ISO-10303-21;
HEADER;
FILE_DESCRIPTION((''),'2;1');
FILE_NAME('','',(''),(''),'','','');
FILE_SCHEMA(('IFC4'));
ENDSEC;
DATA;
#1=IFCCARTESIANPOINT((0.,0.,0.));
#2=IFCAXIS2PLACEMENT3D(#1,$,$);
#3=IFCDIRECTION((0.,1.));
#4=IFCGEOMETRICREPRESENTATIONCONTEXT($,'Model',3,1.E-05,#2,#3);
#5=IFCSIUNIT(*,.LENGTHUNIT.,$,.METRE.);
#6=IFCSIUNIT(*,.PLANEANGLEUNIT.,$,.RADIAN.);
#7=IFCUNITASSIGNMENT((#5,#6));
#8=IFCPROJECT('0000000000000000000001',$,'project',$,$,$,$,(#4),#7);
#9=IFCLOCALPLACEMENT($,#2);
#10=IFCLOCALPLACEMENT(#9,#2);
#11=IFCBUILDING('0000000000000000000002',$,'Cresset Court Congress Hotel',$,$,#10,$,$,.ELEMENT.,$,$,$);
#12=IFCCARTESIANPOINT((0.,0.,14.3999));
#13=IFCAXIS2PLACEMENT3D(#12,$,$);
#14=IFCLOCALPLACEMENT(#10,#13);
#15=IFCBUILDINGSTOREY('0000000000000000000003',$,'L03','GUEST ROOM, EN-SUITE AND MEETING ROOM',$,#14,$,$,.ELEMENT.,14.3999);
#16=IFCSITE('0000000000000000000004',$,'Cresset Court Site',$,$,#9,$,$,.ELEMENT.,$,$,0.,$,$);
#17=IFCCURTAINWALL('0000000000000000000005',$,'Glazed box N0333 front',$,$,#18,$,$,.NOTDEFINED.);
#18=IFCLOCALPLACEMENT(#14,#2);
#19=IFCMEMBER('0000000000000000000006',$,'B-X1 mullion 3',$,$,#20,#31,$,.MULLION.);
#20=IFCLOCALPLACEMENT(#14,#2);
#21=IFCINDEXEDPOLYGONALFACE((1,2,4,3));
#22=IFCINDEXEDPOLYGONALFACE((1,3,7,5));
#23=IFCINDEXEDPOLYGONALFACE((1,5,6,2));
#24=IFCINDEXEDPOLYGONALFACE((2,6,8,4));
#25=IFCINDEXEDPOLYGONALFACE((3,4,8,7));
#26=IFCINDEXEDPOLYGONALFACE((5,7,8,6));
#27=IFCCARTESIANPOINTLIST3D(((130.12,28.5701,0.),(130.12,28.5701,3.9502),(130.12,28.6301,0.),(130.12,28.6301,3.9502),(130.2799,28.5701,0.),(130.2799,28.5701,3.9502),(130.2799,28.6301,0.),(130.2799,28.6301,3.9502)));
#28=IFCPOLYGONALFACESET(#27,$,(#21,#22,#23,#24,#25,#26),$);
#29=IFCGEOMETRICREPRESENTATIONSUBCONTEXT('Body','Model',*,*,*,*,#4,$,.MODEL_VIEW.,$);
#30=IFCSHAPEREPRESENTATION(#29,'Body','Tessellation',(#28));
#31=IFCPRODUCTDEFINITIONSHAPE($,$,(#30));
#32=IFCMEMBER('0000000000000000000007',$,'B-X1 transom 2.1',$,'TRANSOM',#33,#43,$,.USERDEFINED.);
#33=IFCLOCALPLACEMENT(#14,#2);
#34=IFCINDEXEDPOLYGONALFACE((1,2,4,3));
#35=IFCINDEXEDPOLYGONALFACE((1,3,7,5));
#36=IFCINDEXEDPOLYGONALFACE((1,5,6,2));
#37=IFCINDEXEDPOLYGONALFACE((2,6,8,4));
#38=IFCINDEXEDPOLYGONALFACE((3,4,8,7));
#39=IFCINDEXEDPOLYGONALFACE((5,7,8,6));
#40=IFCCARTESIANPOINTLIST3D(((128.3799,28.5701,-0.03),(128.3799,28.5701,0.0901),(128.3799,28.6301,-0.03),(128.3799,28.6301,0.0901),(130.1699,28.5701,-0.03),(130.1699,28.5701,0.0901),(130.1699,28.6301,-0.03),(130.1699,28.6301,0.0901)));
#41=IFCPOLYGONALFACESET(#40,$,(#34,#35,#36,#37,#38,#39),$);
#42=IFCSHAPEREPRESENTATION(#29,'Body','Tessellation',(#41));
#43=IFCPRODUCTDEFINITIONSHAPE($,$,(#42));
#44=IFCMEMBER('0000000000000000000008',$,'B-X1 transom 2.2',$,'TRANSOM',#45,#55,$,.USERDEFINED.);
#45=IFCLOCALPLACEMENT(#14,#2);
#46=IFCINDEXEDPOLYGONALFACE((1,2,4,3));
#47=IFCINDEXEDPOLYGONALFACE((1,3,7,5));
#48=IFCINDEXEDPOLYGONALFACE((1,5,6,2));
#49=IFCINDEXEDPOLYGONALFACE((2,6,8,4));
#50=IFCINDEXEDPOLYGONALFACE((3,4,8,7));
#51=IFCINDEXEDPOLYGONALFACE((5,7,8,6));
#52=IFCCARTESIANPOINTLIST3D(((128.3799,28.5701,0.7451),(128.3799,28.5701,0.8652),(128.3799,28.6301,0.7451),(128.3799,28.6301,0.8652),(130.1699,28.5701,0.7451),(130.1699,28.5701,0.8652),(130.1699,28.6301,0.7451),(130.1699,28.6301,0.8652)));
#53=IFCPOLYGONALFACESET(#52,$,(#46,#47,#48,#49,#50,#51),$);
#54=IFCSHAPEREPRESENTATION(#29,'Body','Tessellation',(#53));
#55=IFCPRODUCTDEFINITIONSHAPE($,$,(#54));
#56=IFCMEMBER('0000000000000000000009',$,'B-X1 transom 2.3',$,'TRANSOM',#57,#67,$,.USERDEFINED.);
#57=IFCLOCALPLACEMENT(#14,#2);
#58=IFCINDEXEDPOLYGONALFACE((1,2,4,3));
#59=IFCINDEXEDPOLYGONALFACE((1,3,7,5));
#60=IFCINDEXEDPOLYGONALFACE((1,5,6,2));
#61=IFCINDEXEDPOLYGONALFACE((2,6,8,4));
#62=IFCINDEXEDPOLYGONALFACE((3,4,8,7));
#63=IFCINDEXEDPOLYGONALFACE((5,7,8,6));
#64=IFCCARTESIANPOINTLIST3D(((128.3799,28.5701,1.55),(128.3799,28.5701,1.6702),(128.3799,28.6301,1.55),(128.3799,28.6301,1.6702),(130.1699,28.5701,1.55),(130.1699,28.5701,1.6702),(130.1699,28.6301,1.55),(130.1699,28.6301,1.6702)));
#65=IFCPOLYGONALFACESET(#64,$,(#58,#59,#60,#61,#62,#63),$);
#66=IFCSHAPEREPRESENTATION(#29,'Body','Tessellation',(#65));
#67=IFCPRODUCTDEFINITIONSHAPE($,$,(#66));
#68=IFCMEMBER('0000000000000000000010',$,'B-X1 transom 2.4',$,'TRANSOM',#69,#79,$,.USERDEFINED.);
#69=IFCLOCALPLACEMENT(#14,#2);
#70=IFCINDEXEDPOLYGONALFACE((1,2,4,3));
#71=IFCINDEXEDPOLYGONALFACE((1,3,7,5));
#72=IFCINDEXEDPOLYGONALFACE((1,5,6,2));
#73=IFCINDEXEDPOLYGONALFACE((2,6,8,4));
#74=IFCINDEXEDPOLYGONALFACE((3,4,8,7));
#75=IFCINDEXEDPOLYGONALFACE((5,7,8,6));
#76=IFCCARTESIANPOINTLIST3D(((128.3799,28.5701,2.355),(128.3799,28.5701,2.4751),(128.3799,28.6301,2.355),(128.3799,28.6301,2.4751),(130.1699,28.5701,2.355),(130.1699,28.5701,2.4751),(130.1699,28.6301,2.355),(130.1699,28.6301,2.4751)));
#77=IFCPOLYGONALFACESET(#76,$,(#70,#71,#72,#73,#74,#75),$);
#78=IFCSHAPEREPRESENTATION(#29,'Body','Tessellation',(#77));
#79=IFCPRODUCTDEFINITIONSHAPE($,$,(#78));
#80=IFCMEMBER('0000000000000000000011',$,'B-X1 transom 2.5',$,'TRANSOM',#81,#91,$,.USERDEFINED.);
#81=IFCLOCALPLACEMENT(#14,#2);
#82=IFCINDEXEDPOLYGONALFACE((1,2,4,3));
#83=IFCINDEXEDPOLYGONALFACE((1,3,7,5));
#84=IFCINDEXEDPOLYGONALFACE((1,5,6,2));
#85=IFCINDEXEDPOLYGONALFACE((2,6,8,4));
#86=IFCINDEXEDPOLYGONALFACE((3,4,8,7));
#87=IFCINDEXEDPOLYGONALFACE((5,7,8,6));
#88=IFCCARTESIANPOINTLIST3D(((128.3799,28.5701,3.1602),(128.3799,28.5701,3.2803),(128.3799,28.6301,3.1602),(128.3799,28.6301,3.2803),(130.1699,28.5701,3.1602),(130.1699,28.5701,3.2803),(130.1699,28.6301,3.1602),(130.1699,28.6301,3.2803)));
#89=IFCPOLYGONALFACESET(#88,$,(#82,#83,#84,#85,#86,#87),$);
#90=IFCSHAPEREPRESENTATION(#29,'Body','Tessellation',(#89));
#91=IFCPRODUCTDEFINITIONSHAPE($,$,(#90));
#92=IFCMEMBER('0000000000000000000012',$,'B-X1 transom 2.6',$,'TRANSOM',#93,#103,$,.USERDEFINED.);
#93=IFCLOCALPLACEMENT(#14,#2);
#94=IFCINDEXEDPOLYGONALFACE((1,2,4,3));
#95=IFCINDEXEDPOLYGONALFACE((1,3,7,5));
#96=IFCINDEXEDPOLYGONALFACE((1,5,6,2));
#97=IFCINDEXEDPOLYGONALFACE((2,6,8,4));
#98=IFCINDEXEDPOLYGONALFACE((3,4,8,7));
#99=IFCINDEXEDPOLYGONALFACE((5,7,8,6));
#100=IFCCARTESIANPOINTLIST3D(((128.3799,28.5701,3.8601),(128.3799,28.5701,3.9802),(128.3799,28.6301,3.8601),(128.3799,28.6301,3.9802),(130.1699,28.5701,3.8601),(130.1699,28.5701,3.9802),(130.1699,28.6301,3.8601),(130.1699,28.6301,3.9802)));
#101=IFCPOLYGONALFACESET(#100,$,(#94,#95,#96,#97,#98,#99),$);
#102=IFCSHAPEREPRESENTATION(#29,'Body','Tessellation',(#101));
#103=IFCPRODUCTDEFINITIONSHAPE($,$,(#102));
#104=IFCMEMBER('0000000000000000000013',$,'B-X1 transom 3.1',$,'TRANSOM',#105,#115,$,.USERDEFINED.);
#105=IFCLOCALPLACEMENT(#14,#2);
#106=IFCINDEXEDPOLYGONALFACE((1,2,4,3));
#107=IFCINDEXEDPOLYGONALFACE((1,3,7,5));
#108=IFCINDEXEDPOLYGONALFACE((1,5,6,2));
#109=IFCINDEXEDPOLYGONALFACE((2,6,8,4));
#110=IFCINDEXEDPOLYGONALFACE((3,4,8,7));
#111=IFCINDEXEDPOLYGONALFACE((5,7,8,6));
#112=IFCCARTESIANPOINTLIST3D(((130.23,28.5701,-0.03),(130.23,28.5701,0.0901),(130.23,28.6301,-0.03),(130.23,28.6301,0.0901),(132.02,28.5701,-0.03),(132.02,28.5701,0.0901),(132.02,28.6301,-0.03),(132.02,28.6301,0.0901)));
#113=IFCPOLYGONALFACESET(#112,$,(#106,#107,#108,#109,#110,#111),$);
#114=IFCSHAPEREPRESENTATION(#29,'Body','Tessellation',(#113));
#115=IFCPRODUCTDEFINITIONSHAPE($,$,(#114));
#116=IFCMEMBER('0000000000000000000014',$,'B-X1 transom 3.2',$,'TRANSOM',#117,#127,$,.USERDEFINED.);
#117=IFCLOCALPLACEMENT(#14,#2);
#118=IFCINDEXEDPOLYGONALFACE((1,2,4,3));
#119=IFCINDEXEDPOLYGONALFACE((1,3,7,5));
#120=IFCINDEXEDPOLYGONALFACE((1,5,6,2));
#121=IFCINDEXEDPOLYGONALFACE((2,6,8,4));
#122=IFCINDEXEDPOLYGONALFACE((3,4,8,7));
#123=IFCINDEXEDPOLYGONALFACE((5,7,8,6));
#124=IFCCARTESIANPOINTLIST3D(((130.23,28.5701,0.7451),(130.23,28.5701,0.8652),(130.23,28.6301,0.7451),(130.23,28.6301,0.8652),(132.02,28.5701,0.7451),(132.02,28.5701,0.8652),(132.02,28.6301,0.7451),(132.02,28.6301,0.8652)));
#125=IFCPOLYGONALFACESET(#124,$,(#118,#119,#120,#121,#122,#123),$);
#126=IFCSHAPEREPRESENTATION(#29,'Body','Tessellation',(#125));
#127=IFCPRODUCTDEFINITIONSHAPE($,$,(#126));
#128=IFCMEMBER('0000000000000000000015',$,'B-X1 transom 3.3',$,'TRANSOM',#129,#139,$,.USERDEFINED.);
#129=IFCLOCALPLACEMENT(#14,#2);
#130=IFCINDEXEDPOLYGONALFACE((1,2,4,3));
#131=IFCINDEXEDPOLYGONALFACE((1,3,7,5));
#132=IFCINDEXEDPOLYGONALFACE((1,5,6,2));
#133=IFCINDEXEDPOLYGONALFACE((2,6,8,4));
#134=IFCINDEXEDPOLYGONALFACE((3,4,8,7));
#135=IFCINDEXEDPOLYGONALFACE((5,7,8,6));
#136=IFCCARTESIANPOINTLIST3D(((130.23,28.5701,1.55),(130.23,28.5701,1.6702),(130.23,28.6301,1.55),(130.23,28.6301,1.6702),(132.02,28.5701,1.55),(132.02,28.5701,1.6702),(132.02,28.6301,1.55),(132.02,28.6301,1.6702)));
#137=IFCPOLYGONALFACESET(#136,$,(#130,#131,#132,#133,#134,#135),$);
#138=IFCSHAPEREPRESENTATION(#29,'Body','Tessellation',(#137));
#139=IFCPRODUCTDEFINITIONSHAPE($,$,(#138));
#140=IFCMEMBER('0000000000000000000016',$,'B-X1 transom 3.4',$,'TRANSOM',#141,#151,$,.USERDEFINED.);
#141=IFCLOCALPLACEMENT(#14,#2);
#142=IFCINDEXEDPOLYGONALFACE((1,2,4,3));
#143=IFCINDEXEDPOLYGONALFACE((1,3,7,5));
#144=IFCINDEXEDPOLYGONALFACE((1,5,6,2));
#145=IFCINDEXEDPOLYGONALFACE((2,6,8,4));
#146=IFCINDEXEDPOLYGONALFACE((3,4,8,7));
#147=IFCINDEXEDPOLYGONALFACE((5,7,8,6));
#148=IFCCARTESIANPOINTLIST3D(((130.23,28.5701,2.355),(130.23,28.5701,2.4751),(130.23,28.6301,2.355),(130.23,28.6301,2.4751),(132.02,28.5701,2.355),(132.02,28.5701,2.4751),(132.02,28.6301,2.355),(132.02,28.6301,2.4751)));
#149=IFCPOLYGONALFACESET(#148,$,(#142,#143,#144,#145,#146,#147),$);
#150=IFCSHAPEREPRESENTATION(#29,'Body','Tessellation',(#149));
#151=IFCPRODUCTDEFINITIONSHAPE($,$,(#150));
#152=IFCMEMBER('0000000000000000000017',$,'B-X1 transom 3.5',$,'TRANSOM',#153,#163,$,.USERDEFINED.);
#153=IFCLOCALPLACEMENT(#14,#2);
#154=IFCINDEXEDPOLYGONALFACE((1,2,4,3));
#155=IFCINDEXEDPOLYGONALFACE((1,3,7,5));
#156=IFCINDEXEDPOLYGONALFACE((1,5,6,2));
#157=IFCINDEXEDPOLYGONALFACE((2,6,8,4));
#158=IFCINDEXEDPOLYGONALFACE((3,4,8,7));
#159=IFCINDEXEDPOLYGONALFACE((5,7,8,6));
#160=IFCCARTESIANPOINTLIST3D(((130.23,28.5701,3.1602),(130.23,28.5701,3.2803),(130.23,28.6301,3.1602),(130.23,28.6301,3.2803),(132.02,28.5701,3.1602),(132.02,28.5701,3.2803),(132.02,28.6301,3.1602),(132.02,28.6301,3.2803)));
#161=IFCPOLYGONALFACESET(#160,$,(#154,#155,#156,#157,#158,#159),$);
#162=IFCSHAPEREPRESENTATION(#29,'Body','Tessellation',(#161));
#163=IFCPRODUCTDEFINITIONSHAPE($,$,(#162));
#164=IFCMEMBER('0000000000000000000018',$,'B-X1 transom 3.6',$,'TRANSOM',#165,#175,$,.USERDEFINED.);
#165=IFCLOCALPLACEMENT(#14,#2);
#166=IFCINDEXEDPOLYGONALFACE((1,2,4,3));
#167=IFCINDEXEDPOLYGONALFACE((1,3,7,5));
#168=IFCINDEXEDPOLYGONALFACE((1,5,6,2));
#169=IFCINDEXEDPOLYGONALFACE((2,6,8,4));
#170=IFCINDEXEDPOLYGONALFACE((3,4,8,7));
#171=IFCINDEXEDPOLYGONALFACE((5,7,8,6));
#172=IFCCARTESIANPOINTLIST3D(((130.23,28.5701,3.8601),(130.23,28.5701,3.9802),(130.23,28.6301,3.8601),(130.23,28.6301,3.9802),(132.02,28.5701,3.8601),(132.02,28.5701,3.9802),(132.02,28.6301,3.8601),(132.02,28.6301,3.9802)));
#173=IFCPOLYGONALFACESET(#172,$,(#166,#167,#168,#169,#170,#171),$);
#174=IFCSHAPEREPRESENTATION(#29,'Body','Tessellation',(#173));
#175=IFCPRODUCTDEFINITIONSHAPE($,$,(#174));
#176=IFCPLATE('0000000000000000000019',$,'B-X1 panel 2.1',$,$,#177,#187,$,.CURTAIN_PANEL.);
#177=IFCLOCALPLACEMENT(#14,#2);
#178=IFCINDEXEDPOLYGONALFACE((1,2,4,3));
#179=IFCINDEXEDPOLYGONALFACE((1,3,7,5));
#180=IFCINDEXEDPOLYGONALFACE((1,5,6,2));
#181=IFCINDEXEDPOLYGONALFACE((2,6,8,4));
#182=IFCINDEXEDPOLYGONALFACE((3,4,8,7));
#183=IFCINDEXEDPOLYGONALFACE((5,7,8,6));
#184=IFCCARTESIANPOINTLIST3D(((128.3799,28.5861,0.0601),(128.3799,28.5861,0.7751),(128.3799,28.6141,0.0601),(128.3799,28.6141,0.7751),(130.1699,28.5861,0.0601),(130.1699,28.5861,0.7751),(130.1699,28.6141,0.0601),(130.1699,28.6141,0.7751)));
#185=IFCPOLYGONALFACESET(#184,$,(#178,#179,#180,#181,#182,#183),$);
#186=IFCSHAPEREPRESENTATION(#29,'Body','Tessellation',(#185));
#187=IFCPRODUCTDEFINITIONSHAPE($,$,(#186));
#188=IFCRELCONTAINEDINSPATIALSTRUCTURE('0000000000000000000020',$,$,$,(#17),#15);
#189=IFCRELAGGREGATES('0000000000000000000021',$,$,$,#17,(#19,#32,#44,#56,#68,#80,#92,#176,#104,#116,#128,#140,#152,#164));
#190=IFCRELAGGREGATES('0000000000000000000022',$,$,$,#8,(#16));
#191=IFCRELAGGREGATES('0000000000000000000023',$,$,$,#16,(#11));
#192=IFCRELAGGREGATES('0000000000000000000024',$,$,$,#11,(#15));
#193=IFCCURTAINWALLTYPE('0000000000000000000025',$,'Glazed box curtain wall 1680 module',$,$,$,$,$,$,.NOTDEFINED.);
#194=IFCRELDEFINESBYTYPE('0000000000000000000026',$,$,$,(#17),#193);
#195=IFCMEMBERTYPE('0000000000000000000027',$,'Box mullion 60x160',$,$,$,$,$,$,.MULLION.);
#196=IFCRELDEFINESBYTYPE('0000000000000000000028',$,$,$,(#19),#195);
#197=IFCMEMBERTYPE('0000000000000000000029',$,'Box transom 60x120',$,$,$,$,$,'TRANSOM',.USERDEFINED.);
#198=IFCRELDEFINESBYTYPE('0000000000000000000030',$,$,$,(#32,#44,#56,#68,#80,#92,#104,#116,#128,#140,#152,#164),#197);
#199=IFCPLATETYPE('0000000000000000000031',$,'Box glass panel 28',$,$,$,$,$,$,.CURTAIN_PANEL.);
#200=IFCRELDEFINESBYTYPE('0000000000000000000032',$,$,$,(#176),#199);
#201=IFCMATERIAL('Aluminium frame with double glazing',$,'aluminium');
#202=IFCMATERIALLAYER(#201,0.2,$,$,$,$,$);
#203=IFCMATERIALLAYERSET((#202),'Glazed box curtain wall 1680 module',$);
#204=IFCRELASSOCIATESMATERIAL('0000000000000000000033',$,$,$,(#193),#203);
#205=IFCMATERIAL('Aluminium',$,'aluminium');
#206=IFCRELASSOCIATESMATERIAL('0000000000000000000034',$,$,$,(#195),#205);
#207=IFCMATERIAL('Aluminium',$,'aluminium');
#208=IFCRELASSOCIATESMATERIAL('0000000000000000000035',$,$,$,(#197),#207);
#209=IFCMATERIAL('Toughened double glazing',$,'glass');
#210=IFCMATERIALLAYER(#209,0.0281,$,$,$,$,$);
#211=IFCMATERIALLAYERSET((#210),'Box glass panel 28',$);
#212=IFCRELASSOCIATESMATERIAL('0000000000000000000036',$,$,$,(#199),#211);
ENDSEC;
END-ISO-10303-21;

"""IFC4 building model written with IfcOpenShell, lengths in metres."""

from ifc_helpers import new_model, si_unit, direction, frame, origin, origin_2d, place, context, subcontext, project, spatial, rectangle, extrude, material, layer, layer_set, material_profile, profile_set, type_object, element, aggregate, save


model = new_model("IFC4")

# Units and contexts
model_context = context("Model", 3, precision=1e-05, world=origin(), true_north=direction((0.0, 1.0)))
body_context = subcontext(model_context, "Body", "Model", "MODEL_VIEW")
ifc_project = project(units=[si_unit("LENGTHUNIT", "METRE"), si_unit("PLANEANGLEUNIT", "RADIAN")], contexts=[model_context])

# Site, building, storey
site_placement = place(None, origin())
site = spatial("IfcSite", under=ifc_project, at=site_placement, Name="Cresset Court Site", CompositionType="ELEMENT", RefElevation=0.0)
building_placement = place(site_placement, origin())
building = spatial("IfcBuilding", under=site, at=building_placement, Name="Cresset Court Congress Hotel", CompositionType="ELEMENT")
storey_placement = place(building_placement, frame((0.0, 0.0, 14.3999)))
storey = spatial("IfcBuildingStorey", under=building, at=storey_placement, Name="L03", Description="GUEST ROOM, EN-SUITE AND MEETING ROOM", CompositionType="ELEMENT", Elevation=14.3999)

# Curtain wall, members, plate
ifc_material_1 = material(Name="Aluminium frame with double glazing", Category="aluminium")
ifc_layer_1 = layer(ifc_material_1, 0.2)
ifc_layer_set_1 = layer_set([ifc_layer_1], Name="Glazed box curtain wall 1680 module")
curtain_wall_type = type_object("IfcCurtainWallType", Name="Glazed box curtain wall 1680 module", PredefinedType="NOTDEFINED", material=ifc_layer_set_1)
curtain_wall_placement = place(storey_placement, origin())
curtain_wall = element("IfcCurtainWall", 1, at=curtain_wall_placement, inside=storey, type_object=curtain_wall_type, Name="Glazed box N0333 front", PredefinedType="NOTDEFINED")
ifc_material_2 = material(Name="Aluminium", Category="aluminium")
ifc_material_profile_1 = material_profile(ifc_material_2, rectangle(XDim=0.0601, YDim=0.1599, at=origin_2d()), Name="Box mullion 60x160")
ifc_profile_set_1 = profile_set([ifc_material_profile_1], Name="Aluminium")
member_type_1 = type_object("IfcMemberType", Name="Box mullion 60x160", PredefinedType="MULLION", material=ifc_profile_set_1)
member_1_placement = place(storey_placement, frame((130.2, 28.6001, 0.0), z_axis=(0.0, 0.0, 1.0), x_axis=(0.0, 1.0, 0.0)))
member_1 = element("IfcMember", 2, at=member_1_placement, type_object=member_type_1, Name="B-X1 mullion 3", PredefinedType="MULLION", context=body_context, shape_type="SweptSolid", body=[
    extrude(rectangle(XDim=0.0601, YDim=0.1599, at=origin_2d()), origin(), (0.0, 0.0, 1.0), 3.9502),
])
ifc_material_3 = material(Name="Aluminium", Category="aluminium")
ifc_material_profile_2 = material_profile(ifc_material_3, rectangle(XDim=0.0601, YDim=0.1201, at=origin_2d()), Name="Box transom 60x120")
ifc_profile_set_2 = profile_set([ifc_material_profile_2], Name="Aluminium")
member_type_2 = type_object("IfcMemberType", Name="Box transom 60x120", ElementType="TRANSOM", PredefinedType="USERDEFINED", material=ifc_profile_set_2)
member_2_placement = place(storey_placement, frame((128.3799, 28.6001, 0.03), z_axis=(1.0, 0.0, 0.0), x_axis=(0.0, 1.0, 0.0)))
member_2 = element("IfcMember", 3, at=member_2_placement, type_object=member_type_2, Name="B-X1 transom 2.1", ObjectType="TRANSOM", PredefinedType="USERDEFINED", context=body_context, shape_type="SweptSolid", body=[
    extrude(rectangle(XDim=0.0601, YDim=0.1201, at=origin_2d()), origin(), (0.0, 0.0, 1.0), 1.79),
])
member_3_placement = place(storey_placement, frame((128.3799, 28.6001, 0.8052), z_axis=(1.0, 0.0, 0.0), x_axis=(0.0, 1.0, 0.0)))
member_3 = element("IfcMember", 4, at=member_3_placement, type_object=member_type_2, Name="B-X1 transom 2.2", ObjectType="TRANSOM", PredefinedType="USERDEFINED", context=body_context, shape_type="SweptSolid", body=[
    extrude(rectangle(XDim=0.0601, YDim=0.1201, at=origin_2d()), origin(), (0.0, 0.0, 1.0), 1.79),
])
member_4_placement = place(storey_placement, frame((128.3799, 28.6001, 1.6101), z_axis=(1.0, 0.0, 0.0), x_axis=(0.0, 1.0, 0.0)))
member_4 = element("IfcMember", 5, at=member_4_placement, type_object=member_type_2, Name="B-X1 transom 2.3", ObjectType="TRANSOM", PredefinedType="USERDEFINED", context=body_context, shape_type="SweptSolid", body=[
    extrude(rectangle(XDim=0.0601, YDim=0.1201, at=origin_2d()), origin(), (0.0, 0.0, 1.0), 1.79),
])
member_5_placement = place(storey_placement, frame((128.3799, 28.6001, 2.415), z_axis=(1.0, 0.0, 0.0), x_axis=(0.0, 1.0, 0.0)))
member_5 = element("IfcMember", 6, at=member_5_placement, type_object=member_type_2, Name="B-X1 transom 2.4", ObjectType="TRANSOM", PredefinedType="USERDEFINED", context=body_context, shape_type="SweptSolid", body=[
    extrude(rectangle(XDim=0.0601, YDim=0.1201, at=origin_2d()), origin(), (0.0, 0.0, 1.0), 1.79),
])
member_6_placement = place(storey_placement, frame((128.3799, 28.6001, 3.2202), z_axis=(1.0, 0.0, 0.0), x_axis=(0.0, 1.0, 0.0)))
member_6 = element("IfcMember", 7, at=member_6_placement, type_object=member_type_2, Name="B-X1 transom 2.5", ObjectType="TRANSOM", PredefinedType="USERDEFINED", context=body_context, shape_type="SweptSolid", body=[
    extrude(rectangle(XDim=0.0601, YDim=0.1201, at=origin_2d()), origin(), (0.0, 0.0, 1.0), 1.79),
])
member_7_placement = place(storey_placement, frame((128.3799, 28.6001, 3.9202), z_axis=(1.0, 0.0, 0.0), x_axis=(0.0, 1.0, 0.0)))
member_7 = element("IfcMember", 8, at=member_7_placement, type_object=member_type_2, Name="B-X1 transom 2.6", ObjectType="TRANSOM", PredefinedType="USERDEFINED", context=body_context, shape_type="SweptSolid", body=[
    extrude(rectangle(XDim=0.0601, YDim=0.1201, at=origin_2d()), origin(), (0.0, 0.0, 1.0), 1.79),
])
member_8_placement = place(storey_placement, frame((130.23, 28.6001, 0.03), z_axis=(1.0, 0.0, 0.0), x_axis=(0.0, 1.0, 0.0)))
member_8 = element("IfcMember", 9, at=member_8_placement, type_object=member_type_2, Name="B-X1 transom 3.1", ObjectType="TRANSOM", PredefinedType="USERDEFINED", context=body_context, shape_type="SweptSolid", body=[
    extrude(rectangle(XDim=0.0601, YDim=0.1201, at=origin_2d()), origin(), (0.0, 0.0, 1.0), 1.79),
])
member_9_placement = place(storey_placement, frame((130.23, 28.6001, 0.8052), z_axis=(1.0, 0.0, 0.0), x_axis=(0.0, 1.0, 0.0)))
member_9 = element("IfcMember", 10, at=member_9_placement, type_object=member_type_2, Name="B-X1 transom 3.2", ObjectType="TRANSOM", PredefinedType="USERDEFINED", context=body_context, shape_type="SweptSolid", body=[
    extrude(rectangle(XDim=0.0601, YDim=0.1201, at=origin_2d()), origin(), (0.0, 0.0, 1.0), 1.79),
])
member_10_placement = place(storey_placement, frame((130.23, 28.6001, 1.6101), z_axis=(1.0, 0.0, 0.0), x_axis=(0.0, 1.0, 0.0)))
member_10 = element("IfcMember", 11, at=member_10_placement, type_object=member_type_2, Name="B-X1 transom 3.3", ObjectType="TRANSOM", PredefinedType="USERDEFINED", context=body_context, shape_type="SweptSolid", body=[
    extrude(rectangle(XDim=0.0601, YDim=0.1201, at=origin_2d()), origin(), (0.0, 0.0, 1.0), 1.79),
])
member_11_placement = place(storey_placement, frame((130.23, 28.6001, 2.415), z_axis=(1.0, 0.0, 0.0), x_axis=(0.0, 1.0, 0.0)))
member_11 = element("IfcMember", 12, at=member_11_placement, type_object=member_type_2, Name="B-X1 transom 3.4", ObjectType="TRANSOM", PredefinedType="USERDEFINED", context=body_context, shape_type="SweptSolid", body=[
    extrude(rectangle(XDim=0.0601, YDim=0.1201, at=origin_2d()), origin(), (0.0, 0.0, 1.0), 1.79),
])
member_12_placement = place(storey_placement, frame((130.23, 28.6001, 3.2202), z_axis=(1.0, 0.0, 0.0), x_axis=(0.0, 1.0, 0.0)))
member_12 = element("IfcMember", 13, at=member_12_placement, type_object=member_type_2, Name="B-X1 transom 3.5", ObjectType="TRANSOM", PredefinedType="USERDEFINED", context=body_context, shape_type="SweptSolid", body=[
    extrude(rectangle(XDim=0.0601, YDim=0.1201, at=origin_2d()), origin(), (0.0, 0.0, 1.0), 1.79),
])
member_13_placement = place(storey_placement, frame((130.23, 28.6001, 3.9202), z_axis=(1.0, 0.0, 0.0), x_axis=(0.0, 1.0, 0.0)))
member_13 = element("IfcMember", 14, at=member_13_placement, type_object=member_type_2, Name="B-X1 transom 3.6", ObjectType="TRANSOM", PredefinedType="USERDEFINED", context=body_context, shape_type="SweptSolid", body=[
    extrude(rectangle(XDim=0.0601, YDim=0.1201, at=origin_2d()), origin(), (0.0, 0.0, 1.0), 1.79),
])
ifc_material_4 = material(Name="Toughened double glazing", Category="glass")
ifc_layer_2 = layer(ifc_material_4, 0.0281)
ifc_layer_set_2 = layer_set([ifc_layer_2], Name="Box glass panel 28")
plate_type_1 = type_object("IfcPlateType", Name="Box glass panel 28", PredefinedType="CURTAIN_PANEL", material=ifc_layer_set_2)
plate_1_placement = place(storey_placement, frame((129.2749, 28.6001, 0.0601), z_axis=(0.0, 0.0, 1.0), x_axis=(1.0, 0.0, 0.0)))
plate_1 = element("IfcPlate", 15, at=plate_1_placement, type_object=plate_type_1, Name="B-X1 panel 2.1", PredefinedType="CURTAIN_PANEL", context=body_context, shape_type="SweptSolid", body=[
    extrude(rectangle(XDim=1.79, YDim=0.0281, at=origin_2d()), origin(), (0.0, 0.0, 1.0), 0.7151),
])
aggregate(curtain_wall, [member_1, member_2, member_3, member_4, member_5, member_6, member_7, plate_1, member_8, member_9, member_10, member_11, member_12, member_13])

save(model, "model.ifc")
